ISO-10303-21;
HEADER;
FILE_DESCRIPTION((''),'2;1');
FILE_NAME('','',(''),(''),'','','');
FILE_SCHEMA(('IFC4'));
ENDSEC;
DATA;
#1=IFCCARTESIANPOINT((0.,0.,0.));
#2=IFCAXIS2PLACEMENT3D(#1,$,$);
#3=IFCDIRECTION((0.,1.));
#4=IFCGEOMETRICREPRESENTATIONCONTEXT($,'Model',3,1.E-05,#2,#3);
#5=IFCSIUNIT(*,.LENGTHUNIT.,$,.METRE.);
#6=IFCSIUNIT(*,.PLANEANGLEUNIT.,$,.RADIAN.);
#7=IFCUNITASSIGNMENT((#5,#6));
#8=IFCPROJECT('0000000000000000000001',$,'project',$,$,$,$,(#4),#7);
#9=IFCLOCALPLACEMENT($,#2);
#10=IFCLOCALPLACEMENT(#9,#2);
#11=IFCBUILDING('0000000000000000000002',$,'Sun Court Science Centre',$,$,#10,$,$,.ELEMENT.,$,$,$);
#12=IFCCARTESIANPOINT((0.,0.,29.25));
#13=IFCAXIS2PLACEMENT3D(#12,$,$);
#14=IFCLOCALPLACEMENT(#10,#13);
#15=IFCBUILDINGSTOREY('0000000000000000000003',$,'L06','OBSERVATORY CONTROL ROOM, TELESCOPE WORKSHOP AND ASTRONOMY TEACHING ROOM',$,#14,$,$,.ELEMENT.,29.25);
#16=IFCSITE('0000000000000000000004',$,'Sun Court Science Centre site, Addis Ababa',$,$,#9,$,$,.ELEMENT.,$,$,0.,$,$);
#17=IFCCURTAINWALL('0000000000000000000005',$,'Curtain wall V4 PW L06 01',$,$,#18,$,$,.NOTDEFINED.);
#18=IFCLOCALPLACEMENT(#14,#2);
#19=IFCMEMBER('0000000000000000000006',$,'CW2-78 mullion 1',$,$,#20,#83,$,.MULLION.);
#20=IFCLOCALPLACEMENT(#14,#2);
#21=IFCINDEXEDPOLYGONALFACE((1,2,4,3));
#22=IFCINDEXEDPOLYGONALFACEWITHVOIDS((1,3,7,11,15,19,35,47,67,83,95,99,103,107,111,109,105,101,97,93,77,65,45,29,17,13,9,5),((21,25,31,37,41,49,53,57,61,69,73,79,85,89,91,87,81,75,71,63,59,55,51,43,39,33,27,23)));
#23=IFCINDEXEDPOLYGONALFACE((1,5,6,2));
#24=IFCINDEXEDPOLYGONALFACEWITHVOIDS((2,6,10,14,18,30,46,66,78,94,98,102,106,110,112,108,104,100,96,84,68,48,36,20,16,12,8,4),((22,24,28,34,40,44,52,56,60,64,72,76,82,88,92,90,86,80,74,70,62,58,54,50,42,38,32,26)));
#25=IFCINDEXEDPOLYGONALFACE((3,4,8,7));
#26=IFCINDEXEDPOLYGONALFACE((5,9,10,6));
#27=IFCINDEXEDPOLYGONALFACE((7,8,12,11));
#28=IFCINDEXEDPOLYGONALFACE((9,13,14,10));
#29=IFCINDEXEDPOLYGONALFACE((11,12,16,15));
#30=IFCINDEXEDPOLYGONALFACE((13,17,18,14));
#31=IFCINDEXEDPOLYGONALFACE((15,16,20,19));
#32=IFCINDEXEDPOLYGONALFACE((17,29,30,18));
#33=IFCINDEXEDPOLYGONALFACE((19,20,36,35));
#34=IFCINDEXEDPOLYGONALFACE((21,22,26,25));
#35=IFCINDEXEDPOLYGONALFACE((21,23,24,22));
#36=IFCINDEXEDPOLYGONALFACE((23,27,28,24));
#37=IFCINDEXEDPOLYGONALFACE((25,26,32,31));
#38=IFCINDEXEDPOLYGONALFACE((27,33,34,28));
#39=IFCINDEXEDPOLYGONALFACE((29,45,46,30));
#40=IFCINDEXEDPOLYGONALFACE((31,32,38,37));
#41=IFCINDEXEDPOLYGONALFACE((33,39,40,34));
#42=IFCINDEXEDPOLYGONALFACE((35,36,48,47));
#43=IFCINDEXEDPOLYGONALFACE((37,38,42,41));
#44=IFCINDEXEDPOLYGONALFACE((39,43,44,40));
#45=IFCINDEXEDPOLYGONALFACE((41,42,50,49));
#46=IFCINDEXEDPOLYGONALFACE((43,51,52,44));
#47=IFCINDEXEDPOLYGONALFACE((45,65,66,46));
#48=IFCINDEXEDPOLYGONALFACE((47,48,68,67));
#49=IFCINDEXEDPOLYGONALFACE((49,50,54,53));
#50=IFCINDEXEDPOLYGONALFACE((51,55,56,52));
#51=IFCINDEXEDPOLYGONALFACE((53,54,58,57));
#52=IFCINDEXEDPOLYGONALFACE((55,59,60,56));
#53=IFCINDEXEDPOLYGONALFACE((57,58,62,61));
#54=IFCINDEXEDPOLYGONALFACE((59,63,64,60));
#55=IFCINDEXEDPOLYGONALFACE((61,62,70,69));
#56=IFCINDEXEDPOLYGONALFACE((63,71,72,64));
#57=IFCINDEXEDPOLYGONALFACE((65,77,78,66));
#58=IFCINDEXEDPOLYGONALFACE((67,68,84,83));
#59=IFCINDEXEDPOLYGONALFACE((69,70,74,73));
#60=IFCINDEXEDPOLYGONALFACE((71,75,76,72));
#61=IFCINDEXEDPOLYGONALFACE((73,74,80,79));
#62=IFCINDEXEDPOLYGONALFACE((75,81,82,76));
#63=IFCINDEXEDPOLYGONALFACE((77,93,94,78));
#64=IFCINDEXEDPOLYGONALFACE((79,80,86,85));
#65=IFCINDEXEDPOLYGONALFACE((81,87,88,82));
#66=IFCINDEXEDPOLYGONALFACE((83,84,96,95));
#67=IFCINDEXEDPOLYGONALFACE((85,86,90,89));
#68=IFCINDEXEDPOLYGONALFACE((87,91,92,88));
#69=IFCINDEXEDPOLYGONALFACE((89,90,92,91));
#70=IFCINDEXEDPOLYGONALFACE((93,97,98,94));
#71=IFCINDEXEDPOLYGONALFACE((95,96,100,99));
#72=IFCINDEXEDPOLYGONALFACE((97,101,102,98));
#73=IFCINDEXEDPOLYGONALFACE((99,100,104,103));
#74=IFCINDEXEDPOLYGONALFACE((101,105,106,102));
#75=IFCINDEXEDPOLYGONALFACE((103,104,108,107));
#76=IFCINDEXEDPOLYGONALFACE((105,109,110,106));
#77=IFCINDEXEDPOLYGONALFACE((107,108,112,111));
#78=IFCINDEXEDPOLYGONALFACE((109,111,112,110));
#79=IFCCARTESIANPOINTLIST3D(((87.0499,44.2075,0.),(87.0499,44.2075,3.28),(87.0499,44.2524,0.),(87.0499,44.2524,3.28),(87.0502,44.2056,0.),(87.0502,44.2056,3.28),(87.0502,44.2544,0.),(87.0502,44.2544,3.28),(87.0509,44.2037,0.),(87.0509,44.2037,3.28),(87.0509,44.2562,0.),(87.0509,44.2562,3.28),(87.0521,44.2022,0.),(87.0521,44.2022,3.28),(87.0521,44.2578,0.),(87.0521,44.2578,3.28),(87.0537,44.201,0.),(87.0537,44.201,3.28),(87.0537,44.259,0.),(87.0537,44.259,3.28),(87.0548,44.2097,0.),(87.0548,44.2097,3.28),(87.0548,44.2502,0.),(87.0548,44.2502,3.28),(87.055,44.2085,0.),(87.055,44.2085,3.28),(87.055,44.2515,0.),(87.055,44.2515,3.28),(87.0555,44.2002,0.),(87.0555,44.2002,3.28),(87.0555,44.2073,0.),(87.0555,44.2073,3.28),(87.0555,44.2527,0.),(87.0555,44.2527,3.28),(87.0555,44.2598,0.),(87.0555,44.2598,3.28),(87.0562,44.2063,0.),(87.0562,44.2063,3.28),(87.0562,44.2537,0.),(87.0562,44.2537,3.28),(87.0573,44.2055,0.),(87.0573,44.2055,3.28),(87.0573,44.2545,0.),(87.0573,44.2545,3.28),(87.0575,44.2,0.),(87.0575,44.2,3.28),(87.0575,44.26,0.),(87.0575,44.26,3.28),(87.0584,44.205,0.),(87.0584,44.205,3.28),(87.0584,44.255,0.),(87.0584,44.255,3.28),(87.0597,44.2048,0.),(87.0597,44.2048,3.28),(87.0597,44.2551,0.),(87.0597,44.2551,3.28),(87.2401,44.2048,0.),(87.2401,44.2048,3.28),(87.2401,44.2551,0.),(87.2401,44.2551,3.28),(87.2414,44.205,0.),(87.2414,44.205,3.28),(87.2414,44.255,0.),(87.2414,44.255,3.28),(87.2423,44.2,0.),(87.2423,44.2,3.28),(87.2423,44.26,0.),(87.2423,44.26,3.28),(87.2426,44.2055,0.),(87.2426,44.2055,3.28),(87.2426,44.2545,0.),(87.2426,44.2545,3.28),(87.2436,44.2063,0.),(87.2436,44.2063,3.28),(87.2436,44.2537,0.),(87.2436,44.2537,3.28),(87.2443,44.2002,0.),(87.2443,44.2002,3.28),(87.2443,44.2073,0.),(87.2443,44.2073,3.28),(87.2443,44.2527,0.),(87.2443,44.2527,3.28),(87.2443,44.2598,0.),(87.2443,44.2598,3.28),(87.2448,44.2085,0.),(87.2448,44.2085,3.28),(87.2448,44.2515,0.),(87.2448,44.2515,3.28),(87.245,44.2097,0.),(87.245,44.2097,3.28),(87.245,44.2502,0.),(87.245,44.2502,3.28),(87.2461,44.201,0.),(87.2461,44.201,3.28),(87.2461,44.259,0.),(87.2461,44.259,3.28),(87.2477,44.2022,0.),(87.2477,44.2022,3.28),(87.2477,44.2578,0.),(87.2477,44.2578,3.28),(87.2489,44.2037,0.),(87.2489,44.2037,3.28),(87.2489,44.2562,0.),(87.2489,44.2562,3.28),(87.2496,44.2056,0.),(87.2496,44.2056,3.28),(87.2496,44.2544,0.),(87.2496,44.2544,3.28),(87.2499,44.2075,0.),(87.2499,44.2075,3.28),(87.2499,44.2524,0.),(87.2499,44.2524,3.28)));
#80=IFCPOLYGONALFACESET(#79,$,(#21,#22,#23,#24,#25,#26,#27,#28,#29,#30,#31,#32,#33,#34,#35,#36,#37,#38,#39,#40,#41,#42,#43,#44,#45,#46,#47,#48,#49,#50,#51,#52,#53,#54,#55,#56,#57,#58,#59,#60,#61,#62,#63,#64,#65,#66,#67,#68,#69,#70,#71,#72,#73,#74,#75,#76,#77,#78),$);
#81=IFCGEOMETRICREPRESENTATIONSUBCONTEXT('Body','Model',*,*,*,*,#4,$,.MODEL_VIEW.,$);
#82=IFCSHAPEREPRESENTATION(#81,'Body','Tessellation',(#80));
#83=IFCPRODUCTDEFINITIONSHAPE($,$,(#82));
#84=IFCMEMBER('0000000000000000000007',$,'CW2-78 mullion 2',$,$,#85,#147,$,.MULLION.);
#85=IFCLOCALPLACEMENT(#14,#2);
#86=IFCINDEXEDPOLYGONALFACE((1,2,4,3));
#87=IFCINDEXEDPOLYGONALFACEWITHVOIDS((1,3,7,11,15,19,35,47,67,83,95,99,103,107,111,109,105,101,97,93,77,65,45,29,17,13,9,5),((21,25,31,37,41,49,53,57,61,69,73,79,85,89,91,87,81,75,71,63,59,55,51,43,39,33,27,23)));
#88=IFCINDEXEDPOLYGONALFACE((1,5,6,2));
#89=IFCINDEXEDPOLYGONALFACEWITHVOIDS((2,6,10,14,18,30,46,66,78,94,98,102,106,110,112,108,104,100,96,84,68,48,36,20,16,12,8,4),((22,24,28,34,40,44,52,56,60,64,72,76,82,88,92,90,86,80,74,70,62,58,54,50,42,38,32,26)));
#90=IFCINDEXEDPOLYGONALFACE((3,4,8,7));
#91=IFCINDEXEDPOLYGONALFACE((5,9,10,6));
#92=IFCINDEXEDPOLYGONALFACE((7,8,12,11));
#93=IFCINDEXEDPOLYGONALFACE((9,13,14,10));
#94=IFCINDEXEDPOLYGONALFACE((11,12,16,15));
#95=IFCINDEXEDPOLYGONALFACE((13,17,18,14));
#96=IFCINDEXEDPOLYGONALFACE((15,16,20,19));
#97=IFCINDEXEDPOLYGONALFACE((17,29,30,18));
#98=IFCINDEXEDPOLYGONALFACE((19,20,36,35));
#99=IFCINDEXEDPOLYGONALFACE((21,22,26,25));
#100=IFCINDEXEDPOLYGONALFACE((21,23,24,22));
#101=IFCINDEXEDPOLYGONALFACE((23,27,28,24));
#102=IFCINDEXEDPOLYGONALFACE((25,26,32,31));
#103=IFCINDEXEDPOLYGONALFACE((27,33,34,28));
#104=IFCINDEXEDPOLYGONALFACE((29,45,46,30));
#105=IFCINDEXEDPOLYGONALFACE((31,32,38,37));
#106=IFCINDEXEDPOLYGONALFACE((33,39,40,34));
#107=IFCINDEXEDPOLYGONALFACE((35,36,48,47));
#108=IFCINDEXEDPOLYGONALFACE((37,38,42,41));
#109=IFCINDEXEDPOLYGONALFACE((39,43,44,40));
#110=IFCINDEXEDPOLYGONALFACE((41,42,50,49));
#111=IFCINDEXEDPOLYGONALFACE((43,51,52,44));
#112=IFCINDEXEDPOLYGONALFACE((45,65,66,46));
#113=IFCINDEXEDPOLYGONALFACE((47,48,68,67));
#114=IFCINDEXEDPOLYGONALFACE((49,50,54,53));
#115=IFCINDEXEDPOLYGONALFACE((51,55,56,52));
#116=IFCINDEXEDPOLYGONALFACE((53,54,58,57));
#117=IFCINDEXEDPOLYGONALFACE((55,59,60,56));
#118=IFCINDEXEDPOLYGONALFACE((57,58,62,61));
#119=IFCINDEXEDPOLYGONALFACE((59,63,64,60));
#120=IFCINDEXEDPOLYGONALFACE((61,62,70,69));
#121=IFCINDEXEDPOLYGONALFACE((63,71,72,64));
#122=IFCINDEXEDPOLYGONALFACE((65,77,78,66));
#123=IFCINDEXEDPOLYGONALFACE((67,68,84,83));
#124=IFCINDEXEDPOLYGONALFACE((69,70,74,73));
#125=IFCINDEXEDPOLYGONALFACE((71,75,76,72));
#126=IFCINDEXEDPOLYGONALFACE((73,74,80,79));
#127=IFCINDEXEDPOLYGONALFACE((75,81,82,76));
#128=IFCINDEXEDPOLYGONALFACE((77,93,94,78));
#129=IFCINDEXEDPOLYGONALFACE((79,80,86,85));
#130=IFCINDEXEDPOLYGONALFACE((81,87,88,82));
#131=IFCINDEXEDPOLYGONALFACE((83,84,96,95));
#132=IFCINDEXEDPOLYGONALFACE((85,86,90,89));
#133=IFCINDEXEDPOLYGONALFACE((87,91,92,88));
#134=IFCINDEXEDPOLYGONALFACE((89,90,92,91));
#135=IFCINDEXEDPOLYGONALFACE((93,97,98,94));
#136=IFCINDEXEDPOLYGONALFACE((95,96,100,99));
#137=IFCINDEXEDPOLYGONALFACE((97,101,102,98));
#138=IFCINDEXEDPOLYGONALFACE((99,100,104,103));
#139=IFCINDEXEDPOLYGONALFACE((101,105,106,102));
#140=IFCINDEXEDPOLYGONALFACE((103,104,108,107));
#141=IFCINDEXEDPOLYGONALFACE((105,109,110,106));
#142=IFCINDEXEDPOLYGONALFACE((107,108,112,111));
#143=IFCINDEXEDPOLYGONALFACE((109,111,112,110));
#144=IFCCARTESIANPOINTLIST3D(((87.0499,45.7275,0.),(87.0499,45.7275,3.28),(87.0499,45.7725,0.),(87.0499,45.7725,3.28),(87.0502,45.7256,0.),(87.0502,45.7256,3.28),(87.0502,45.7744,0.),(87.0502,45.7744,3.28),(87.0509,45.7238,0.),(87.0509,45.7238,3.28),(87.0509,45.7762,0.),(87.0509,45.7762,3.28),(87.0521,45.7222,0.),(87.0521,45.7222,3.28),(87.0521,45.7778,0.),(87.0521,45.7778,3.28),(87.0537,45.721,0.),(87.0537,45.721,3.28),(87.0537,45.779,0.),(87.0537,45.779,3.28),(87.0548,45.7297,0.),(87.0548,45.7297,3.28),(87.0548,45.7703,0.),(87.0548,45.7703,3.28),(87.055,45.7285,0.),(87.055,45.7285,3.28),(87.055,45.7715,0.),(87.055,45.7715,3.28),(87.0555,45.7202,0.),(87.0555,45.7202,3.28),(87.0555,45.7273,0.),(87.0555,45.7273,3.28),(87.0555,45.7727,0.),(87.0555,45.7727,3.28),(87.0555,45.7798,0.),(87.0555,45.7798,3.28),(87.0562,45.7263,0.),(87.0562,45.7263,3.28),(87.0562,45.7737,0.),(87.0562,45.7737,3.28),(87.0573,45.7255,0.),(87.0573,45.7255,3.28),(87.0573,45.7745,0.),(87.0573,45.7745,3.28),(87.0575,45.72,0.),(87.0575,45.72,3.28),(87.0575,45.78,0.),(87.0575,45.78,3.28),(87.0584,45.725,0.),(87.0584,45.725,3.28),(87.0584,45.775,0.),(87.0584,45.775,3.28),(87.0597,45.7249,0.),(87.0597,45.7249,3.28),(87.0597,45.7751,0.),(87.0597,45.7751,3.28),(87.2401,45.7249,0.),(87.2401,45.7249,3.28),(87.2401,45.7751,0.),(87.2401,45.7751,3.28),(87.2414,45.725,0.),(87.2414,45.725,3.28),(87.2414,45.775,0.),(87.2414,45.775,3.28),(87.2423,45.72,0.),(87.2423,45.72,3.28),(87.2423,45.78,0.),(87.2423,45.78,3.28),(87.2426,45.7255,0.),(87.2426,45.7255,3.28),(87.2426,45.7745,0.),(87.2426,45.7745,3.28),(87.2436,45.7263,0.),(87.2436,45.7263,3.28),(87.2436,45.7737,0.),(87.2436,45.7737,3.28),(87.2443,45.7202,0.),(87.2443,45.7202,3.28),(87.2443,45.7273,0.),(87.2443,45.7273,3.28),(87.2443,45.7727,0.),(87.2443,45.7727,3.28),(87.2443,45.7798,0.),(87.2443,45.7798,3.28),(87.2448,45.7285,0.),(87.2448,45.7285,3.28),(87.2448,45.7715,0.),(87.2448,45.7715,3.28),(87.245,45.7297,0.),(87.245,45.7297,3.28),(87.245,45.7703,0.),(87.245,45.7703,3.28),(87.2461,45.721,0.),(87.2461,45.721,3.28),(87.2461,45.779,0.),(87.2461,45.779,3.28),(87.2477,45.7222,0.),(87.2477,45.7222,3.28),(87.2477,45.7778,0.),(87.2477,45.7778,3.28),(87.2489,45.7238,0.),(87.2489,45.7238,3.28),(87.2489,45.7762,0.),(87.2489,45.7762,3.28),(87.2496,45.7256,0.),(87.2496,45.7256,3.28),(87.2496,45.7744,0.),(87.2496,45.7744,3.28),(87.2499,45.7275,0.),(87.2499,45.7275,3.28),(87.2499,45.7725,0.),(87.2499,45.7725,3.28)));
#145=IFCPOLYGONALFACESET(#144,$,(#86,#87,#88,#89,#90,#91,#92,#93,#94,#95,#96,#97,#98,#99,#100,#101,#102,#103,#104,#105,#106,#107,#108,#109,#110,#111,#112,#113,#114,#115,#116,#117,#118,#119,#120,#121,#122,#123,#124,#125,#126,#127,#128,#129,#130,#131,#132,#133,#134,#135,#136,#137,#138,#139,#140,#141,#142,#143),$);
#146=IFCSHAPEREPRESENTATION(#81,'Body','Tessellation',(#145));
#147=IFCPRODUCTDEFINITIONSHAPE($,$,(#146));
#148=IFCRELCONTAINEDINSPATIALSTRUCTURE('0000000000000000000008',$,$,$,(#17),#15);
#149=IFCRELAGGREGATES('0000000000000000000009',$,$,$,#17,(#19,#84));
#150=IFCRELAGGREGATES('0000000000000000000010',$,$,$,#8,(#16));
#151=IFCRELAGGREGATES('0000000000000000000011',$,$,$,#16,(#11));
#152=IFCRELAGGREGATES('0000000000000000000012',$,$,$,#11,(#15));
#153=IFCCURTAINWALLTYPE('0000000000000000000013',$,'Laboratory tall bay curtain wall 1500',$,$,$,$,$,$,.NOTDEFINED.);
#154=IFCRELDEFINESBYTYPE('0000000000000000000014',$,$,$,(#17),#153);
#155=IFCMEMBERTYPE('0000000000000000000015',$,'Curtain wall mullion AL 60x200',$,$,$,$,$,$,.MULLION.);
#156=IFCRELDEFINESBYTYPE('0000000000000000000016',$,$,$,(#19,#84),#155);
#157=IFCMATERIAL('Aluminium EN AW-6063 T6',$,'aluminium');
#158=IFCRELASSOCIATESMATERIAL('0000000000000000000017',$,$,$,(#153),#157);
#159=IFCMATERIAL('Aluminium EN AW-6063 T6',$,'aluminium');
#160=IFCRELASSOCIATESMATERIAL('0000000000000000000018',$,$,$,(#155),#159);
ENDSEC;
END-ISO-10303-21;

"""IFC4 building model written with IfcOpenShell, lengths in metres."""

from ifc_helpers import new_model, si_unit, direction, frame, origin, origin_2d, place, context, subcontext, project, spatial, hollow_rectangle, extrude, material, material_profile, profile_set, type_object, element, aggregate, save


model = new_model("IFC4")

# Units and contexts
model_context = context("Model", 3, precision=1e-05, world=origin(), true_north=direction((0.0, 1.0)))
body_context = subcontext(model_context, "Body", "Model", "MODEL_VIEW")
ifc_project = project(units=[si_unit("LENGTHUNIT", "METRE"), si_unit("PLANEANGLEUNIT", "RADIAN")], contexts=[model_context])

# Site, building, storey
site_placement = place(None, origin())
site = spatial("IfcSite", under=ifc_project, at=site_placement, Name="Sun Court Science Centre site, Addis Ababa", CompositionType="ELEMENT", RefElevation=0.0)
building_placement = place(site_placement, origin())
building = spatial("IfcBuilding", under=site, at=building_placement, Name="Sun Court Science Centre", CompositionType="ELEMENT")
storey_placement = place(building_placement, frame((0.0, 0.0, 29.25)))
storey = spatial("IfcBuildingStorey", under=building, at=storey_placement, Name="L06", Description="OBSERVATORY CONTROL ROOM, TELESCOPE WORKSHOP AND ASTRONOMY TEACHING ROOM", CompositionType="ELEMENT", Elevation=29.25)

# Curtain wall, members
ifc_material_1 = material(Name="Aluminium EN AW-6063 T6", Category="aluminium")
curtain_wall_type = type_object("IfcCurtainWallType", Name="Laboratory tall bay curtain wall 1500", PredefinedType="NOTDEFINED", material=ifc_material_1)
curtain_wall_placement = place(storey_placement, origin())
curtain_wall = element("IfcCurtainWall", 1, at=curtain_wall_placement, inside=storey, type_object=curtain_wall_type, Name="Curtain wall V4 PW L06 01", PredefinedType="NOTDEFINED")
ifc_material_2 = material(Name="Aluminium EN AW-6063 T6", Category="aluminium")
ifc_material_profile_1 = material_profile(ifc_material_2, hollow_rectangle(XDim=0.0601, YDim=0.2, WallThickness=0.0049, InnerFilletRadius=0.0049, OuterFilletRadius=0.0076, at=origin_2d()), Name="AL 60x200x5")
ifc_profile_set_1 = profile_set([ifc_material_profile_1], Name="Aluminium EN AW-6063 T6")
member_type_1 = type_object("IfcMemberType", Name="Curtain wall mullion AL 60x200", PredefinedType="MULLION", material=ifc_profile_set_1)
member_1_placement = place(storey_placement, frame((87.1499, 44.23, 0.0), z_axis=(0.0, 0.0, 1.0), x_axis=(0.0, 1.0, 0.0)))
member_1 = element("IfcMember", 2, at=member_1_placement, type_object=member_type_1, Name="CW2-78 mullion 1", PredefinedType="MULLION", context=body_context, shape_type="SweptSolid", body=[
    extrude(hollow_rectangle(XDim=0.0601, YDim=0.2, WallThickness=0.0049, InnerFilletRadius=0.0049, OuterFilletRadius=0.0076, at=origin_2d()), origin(), (0.0, 0.0, 1.0), 3.28),
])
member_2_placement = place(storey_placement, frame((87.1499, 45.75, 0.0), z_axis=(0.0, 0.0, 1.0), x_axis=(0.0, 1.0, 0.0)))
member_2 = element("IfcMember", 3, at=member_2_placement, type_object=member_type_1, Name="CW2-78 mullion 2", PredefinedType="MULLION", context=body_context, shape_type="SweptSolid", body=[
    extrude(hollow_rectangle(XDim=0.0601, YDim=0.2, WallThickness=0.0049, InnerFilletRadius=0.0049, OuterFilletRadius=0.0076, at=origin_2d()), origin(), (0.0, 0.0, 1.0), 3.28),
])

aggregate(curtain_wall, [member_1, member_2])

save(model, "model.ifc")
